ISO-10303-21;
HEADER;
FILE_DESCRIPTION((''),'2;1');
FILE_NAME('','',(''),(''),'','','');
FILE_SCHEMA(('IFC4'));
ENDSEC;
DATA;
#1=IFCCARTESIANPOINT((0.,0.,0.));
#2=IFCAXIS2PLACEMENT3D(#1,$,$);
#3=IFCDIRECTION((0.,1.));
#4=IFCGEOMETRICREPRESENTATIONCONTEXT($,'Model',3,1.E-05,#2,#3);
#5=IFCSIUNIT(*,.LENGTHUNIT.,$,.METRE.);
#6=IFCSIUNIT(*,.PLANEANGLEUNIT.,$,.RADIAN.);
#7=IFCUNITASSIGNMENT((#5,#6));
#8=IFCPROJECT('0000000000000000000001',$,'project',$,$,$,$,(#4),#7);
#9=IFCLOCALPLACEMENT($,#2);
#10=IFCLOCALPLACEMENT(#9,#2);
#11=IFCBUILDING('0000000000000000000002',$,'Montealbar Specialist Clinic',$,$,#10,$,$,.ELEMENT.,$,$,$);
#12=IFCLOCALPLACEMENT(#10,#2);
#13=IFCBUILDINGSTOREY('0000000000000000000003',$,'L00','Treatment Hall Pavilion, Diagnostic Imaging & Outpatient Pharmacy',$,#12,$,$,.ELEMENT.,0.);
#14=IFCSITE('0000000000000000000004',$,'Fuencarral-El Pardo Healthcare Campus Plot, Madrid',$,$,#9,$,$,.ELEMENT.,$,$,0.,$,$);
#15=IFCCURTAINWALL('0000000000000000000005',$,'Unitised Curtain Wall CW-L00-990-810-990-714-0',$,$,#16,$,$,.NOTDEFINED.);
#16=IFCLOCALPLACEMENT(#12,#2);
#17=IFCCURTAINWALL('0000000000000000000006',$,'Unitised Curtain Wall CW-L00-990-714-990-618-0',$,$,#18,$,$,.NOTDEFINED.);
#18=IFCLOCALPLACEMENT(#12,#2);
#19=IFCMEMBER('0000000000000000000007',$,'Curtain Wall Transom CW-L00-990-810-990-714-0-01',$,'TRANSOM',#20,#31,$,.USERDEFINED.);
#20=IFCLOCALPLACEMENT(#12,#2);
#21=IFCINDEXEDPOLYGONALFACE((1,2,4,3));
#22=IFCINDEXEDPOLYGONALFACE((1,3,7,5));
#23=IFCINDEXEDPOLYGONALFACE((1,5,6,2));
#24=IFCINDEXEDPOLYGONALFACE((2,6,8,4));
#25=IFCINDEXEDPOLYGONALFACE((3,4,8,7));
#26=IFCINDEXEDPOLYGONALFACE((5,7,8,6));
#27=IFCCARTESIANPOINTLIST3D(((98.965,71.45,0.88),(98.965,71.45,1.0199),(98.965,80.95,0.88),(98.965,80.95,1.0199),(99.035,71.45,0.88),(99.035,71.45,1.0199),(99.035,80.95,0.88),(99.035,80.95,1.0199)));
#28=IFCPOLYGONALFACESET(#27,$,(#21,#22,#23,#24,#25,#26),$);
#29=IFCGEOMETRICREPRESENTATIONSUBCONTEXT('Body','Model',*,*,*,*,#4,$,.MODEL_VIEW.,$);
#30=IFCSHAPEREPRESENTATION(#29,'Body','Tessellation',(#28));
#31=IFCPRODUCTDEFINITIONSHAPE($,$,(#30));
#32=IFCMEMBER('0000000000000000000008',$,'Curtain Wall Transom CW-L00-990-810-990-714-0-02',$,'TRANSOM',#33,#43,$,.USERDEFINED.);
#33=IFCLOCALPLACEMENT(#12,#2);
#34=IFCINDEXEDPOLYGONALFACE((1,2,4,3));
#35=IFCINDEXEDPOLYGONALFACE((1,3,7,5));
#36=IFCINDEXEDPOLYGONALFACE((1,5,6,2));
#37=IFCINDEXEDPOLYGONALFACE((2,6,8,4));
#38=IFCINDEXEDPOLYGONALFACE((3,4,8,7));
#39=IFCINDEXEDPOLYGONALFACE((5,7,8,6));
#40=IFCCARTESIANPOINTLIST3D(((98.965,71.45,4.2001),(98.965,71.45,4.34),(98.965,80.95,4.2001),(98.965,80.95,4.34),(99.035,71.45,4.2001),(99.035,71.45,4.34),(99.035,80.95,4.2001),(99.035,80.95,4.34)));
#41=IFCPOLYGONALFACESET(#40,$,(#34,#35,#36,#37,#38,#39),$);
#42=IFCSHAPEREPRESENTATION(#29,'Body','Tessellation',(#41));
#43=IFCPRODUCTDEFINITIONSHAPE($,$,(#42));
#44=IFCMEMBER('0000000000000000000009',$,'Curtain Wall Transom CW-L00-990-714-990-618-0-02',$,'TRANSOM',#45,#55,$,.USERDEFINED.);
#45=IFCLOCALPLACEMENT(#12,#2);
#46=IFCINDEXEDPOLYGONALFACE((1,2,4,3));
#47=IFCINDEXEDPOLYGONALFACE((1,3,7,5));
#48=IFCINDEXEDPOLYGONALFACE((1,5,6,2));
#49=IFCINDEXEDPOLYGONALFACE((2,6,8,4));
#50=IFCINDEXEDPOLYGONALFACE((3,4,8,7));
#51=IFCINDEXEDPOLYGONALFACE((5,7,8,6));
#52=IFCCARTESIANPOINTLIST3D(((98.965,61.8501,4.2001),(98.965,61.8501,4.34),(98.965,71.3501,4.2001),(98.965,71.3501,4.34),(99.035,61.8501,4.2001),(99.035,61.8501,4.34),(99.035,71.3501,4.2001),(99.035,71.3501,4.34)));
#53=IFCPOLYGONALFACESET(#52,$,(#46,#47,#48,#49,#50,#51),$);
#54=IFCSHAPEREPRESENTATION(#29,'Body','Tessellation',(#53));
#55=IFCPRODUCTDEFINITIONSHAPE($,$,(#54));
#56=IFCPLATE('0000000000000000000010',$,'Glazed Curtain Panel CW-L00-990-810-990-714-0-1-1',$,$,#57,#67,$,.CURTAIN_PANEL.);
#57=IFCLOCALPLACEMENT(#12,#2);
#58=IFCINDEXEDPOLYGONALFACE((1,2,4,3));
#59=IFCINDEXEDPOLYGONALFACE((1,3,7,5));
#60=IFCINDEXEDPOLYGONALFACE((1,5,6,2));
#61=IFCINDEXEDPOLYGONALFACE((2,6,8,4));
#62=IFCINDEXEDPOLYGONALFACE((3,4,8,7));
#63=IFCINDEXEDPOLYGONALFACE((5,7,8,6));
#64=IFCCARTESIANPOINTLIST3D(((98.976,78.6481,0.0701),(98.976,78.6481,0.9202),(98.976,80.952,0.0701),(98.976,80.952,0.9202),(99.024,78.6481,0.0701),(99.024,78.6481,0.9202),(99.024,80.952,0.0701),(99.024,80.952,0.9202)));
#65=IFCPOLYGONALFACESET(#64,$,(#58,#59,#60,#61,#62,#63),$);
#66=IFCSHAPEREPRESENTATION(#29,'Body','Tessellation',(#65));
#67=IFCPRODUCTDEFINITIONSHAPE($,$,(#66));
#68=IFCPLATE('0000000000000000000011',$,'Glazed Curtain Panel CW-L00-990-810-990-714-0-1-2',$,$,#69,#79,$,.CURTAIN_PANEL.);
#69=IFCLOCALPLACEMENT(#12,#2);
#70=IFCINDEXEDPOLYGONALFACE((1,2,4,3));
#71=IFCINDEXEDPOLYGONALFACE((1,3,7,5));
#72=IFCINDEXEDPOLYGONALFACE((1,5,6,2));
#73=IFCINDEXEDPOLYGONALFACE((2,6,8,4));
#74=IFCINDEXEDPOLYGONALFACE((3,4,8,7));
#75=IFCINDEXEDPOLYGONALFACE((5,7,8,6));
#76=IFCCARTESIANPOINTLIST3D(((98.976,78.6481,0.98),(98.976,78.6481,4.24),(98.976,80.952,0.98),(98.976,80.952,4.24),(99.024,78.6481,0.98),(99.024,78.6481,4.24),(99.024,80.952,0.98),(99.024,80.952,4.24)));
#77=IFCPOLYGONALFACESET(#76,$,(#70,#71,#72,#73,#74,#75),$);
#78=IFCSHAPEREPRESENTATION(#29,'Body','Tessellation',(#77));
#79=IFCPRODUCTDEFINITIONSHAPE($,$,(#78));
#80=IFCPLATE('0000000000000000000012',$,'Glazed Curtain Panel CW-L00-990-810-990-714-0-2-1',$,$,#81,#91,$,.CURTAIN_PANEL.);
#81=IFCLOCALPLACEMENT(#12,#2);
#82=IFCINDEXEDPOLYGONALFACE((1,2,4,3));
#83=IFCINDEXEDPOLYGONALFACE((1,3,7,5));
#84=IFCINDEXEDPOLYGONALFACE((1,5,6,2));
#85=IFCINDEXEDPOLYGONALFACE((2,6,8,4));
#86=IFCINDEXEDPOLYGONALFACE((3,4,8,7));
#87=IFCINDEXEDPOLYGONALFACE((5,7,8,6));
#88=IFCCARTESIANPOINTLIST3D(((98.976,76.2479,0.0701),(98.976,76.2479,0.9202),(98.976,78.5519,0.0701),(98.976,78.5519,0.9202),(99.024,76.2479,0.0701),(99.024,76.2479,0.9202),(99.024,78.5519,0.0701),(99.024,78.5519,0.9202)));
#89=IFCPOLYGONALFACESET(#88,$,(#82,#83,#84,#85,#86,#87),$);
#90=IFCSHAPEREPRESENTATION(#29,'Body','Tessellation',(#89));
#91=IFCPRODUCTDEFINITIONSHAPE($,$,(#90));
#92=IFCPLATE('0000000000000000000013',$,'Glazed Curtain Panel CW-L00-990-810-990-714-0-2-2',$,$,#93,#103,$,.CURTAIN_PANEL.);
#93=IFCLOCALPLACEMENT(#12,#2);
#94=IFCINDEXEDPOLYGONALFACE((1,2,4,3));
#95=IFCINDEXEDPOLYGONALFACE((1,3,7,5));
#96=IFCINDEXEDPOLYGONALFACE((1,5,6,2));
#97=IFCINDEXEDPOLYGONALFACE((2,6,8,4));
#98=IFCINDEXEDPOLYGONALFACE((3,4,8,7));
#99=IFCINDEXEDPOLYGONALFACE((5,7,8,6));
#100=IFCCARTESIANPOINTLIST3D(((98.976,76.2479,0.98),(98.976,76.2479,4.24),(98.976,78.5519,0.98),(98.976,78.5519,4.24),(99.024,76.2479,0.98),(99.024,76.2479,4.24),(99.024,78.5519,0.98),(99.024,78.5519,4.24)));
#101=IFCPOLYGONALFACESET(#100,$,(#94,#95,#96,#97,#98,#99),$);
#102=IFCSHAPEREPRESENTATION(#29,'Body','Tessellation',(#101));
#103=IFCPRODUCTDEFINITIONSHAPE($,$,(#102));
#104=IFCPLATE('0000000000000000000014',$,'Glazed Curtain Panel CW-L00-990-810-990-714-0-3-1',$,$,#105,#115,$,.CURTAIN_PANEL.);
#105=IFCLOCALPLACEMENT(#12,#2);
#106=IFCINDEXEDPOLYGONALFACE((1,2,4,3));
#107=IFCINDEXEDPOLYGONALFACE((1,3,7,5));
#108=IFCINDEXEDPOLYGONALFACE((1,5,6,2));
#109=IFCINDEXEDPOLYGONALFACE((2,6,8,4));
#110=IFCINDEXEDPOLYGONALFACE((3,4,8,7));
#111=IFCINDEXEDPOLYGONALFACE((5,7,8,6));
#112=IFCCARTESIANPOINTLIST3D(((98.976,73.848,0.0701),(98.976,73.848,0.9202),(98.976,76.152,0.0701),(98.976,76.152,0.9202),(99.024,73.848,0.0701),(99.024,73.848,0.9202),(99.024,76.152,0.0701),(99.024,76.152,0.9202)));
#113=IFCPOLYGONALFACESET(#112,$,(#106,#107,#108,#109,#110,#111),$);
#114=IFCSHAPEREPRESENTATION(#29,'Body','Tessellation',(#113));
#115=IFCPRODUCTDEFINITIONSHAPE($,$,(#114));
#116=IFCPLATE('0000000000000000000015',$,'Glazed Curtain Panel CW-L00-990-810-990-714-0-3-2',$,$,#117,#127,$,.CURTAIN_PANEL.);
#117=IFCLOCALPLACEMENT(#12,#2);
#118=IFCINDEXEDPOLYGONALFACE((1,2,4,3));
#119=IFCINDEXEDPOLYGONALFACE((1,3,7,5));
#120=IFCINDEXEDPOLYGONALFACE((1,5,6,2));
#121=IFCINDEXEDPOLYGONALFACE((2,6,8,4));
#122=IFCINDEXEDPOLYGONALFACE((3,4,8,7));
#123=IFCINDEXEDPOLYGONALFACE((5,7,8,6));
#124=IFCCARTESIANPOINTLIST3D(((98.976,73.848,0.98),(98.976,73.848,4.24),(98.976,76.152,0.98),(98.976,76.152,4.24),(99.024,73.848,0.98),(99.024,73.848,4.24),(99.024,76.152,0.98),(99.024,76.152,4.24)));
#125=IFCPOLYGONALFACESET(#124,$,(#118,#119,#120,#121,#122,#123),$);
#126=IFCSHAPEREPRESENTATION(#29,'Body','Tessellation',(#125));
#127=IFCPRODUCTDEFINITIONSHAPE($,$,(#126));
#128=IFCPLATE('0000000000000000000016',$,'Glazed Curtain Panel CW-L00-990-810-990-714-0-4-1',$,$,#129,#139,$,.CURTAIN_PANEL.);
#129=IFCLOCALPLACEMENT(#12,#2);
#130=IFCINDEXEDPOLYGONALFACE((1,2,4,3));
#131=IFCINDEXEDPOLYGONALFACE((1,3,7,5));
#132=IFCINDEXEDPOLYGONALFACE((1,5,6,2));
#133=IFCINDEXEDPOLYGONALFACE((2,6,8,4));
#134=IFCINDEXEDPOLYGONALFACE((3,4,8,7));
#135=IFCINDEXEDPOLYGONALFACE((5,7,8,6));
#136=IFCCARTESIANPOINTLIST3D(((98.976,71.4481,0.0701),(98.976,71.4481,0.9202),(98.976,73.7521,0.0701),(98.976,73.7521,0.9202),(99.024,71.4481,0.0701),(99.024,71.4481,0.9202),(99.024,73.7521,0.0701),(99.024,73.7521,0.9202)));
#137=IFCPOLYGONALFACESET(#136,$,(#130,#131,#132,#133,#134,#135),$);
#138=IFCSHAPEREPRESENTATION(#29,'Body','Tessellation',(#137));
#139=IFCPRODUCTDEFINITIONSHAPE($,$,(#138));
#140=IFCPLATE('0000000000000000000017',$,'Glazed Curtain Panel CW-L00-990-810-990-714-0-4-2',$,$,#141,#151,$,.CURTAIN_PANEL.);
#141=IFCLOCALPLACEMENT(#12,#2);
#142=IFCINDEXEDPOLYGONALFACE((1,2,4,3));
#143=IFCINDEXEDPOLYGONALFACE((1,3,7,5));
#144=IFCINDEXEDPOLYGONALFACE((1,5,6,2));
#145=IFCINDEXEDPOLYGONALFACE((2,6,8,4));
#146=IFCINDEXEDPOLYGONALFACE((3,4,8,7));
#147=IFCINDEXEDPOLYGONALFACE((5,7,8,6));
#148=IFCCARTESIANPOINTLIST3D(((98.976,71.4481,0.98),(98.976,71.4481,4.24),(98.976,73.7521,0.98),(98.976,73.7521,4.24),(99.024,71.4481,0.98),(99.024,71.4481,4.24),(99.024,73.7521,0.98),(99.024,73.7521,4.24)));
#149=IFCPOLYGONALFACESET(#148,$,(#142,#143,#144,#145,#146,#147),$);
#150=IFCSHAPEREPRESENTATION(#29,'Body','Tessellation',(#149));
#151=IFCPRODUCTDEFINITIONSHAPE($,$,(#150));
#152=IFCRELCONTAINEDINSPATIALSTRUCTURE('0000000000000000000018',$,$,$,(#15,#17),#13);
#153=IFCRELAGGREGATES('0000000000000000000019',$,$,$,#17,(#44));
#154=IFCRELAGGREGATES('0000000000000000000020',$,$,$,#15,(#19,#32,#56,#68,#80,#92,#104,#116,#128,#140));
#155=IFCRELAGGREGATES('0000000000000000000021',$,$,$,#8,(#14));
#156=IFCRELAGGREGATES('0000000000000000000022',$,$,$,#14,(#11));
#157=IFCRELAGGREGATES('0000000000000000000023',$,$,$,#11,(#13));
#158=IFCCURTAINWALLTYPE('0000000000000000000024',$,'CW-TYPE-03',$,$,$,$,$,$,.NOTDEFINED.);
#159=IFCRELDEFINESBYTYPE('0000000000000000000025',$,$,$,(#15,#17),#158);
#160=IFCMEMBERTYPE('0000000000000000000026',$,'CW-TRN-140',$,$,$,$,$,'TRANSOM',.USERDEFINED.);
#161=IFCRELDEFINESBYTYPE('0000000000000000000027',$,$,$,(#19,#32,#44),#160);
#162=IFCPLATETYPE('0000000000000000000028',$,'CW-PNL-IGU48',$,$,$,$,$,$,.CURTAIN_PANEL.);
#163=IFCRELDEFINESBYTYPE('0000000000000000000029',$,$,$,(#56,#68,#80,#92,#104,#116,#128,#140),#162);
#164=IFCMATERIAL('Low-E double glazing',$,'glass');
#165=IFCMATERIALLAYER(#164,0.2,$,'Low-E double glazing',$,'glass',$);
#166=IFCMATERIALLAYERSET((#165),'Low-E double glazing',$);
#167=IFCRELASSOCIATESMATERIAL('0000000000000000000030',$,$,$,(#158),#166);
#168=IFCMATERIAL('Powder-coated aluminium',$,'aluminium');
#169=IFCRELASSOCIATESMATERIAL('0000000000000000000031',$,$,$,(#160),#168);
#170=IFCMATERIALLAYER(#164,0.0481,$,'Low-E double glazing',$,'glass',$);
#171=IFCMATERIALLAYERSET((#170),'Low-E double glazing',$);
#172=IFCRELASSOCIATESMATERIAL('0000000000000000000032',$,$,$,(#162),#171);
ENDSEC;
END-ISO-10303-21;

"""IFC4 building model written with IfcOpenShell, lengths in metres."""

from ifc_helpers import new_model, si_unit, direction, frame, origin, origin_2d, place, context, subcontext, project, spatial, rectangle, extrude, material, layer, layer_set, material_profile, profile_set, type_object, element, aggregate, save


model = new_model("IFC4")

# Units and contexts
model_context = context("Model", 3, precision=1e-05, world=origin(), true_north=direction((0.0, 1.0)))
body_context = subcontext(model_context, "Body", "Model", "MODEL_VIEW")
ifc_project = project(units=[si_unit("LENGTHUNIT", "METRE"), si_unit("PLANEANGLEUNIT", "RADIAN")], contexts=[model_context])

# Site, building, storey
site_placement = place(None, origin())
site = spatial("IfcSite", under=ifc_project, at=site_placement, Name="Fuencarral-El Pardo Healthcare Campus Plot, Madrid", CompositionType="ELEMENT", RefElevation=0.0)
building_placement = place(site_placement, origin())
building = spatial("IfcBuilding", under=site, at=building_placement, Name="Montealbar Specialist Clinic", CompositionType="ELEMENT")
storey_placement = place(building_placement, origin())
storey = spatial("IfcBuildingStorey", under=building, at=storey_placement, Name="L00", Description="Treatment Hall Pavilion, Diagnostic Imaging & Outpatient Pharmacy", CompositionType="ELEMENT", Elevation=0.0)

# Curtain wall
ifc_material_1 = material(Name="Low-E double glazing", Category="glass")
ifc_layer_1 = layer(ifc_material_1, 0.2, Name="Low-E double glazing", Category="glass")
ifc_layer_set_1 = layer_set([ifc_layer_1], Name="Low-E double glazing")
curtain_wall_type = type_object("IfcCurtainWallType", Name="CW-TYPE-03", PredefinedType="NOTDEFINED", material=ifc_layer_set_1)
curtain_wall_1_placement = place(storey_placement, origin())
curtain_wall_1 = element("IfcCurtainWall", 1, at=curtain_wall_1_placement, inside=storey, type_object=curtain_wall_type, Name="Unitised Curtain Wall CW-L00-990-810-990-714-0", PredefinedType="NOTDEFINED")

# Curtain wall
curtain_wall_2_placement = place(storey_placement, origin())
curtain_wall_2 = element("IfcCurtainWall", 2, at=curtain_wall_2_placement, inside=storey, type_object=curtain_wall_type, Name="Unitised Curtain Wall CW-L00-990-714-990-618-0", PredefinedType="NOTDEFINED")

# Members
ifc_material_2 = material(Name="Powder-coated aluminium", Category="aluminium")
ifc_material_profile_1 = material_profile(ifc_material_2, rectangle(XDim=0.0701, YDim=0.1399, at=origin_2d()), Name="ALU 70x140", Category="aluminium")
ifc_profile_set_1 = profile_set([ifc_material_profile_1], Name="Powder-coated aluminium")
member_type_1 = type_object("IfcMemberType", Name="CW-TRN-140", ElementType="TRANSOM", PredefinedType="USERDEFINED", material=ifc_profile_set_1)
member_1_placement = place(storey_placement, frame((99.0, 80.95, 0.95), z_axis=(0.0, -1.0, 0.0), x_axis=(1.0, 0.0, 0.0)))
member_1 = element("IfcMember", 3, at=member_1_placement, type_object=member_type_1, Name="Curtain Wall Transom CW-L00-990-810-990-714-0-01", ObjectType="TRANSOM", PredefinedType="USERDEFINED", context=body_context, shape_type="SweptSolid", body=[
    extrude(rectangle(XDim=0.0701, YDim=0.1399, at=origin_2d()), origin(), (0.0, 0.0, 1.0), 9.5),
])
member_2_placement = place(storey_placement, frame((99.0, 80.95, 4.27), z_axis=(0.0, -1.0, 0.0), x_axis=(1.0, 0.0, 0.0)))
member_2 = element("IfcMember", 4, at=member_2_placement, type_object=member_type_1, Name="Curtain Wall Transom CW-L00-990-810-990-714-0-02", ObjectType="TRANSOM", PredefinedType="USERDEFINED", context=body_context, shape_type="SweptSolid", body=[
    extrude(rectangle(XDim=0.0701, YDim=0.1399, at=origin_2d()), origin(), (0.0, 0.0, 1.0), 9.5),
])
member_3_placement = place(storey_placement, frame((99.0, 71.3501, 4.27), z_axis=(0.0, -1.0, 0.0), x_axis=(1.0, 0.0, 0.0)))
member_3 = element("IfcMember", 5, at=member_3_placement, type_object=member_type_1, Name="Curtain Wall Transom CW-L00-990-714-990-618-0-02", ObjectType="TRANSOM", PredefinedType="USERDEFINED", context=body_context, shape_type="SweptSolid", body=[
    extrude(rectangle(XDim=0.0701, YDim=0.1399, at=origin_2d()), origin(), (0.0, 0.0, 1.0), 9.5),
])
aggregate(curtain_wall_2, [member_3])

# Plates
ifc_layer_2 = layer(ifc_material_1, 0.0481, Name="Low-E double glazing", Category="glass")
ifc_layer_set_2 = layer_set([ifc_layer_2], Name="Low-E double glazing")
plate_type = type_object("IfcPlateType", Name="CW-PNL-IGU48", PredefinedType="CURTAIN_PANEL", material=ifc_layer_set_2)
plate_1_placement = place(storey_placement, frame((99.0, 79.8, 0.0701), z_axis=(0.0, 0.0, 1.0), x_axis=(0.0, -1.0, 0.0)))
plate_1 = element("IfcPlate", 6, at=plate_1_placement, type_object=plate_type, Name="Glazed Curtain Panel CW-L00-990-810-990-714-0-1-1", PredefinedType="CURTAIN_PANEL", context=body_context, shape_type="SweptSolid", body=[
    extrude(rectangle(XDim=2.304, YDim=0.0481, at=origin_2d()), origin(), (0.0, 0.0, 1.0), 0.8501),
])
plate_2_placement = place(storey_placement, frame((99.0, 79.8, 0.98), z_axis=(0.0, 0.0, 1.0), x_axis=(0.0, -1.0, 0.0)))
plate_2 = element("IfcPlate", 7, at=plate_2_placement, type_object=plate_type, Name="Glazed Curtain Panel CW-L00-990-810-990-714-0-1-2", PredefinedType="CURTAIN_PANEL", context=body_context, shape_type="SweptSolid", body=[
    extrude(rectangle(XDim=2.304, YDim=0.0481, at=origin_2d()), origin(), (0.0, 0.0, 1.0), 3.26),
])
plate_3_placement = place(storey_placement, frame((99.0, 77.3999, 0.0701), z_axis=(0.0, 0.0, 1.0), x_axis=(0.0, -1.0, 0.0)))
plate_3 = element("IfcPlate", 8, at=plate_3_placement, type_object=plate_type, Name="Glazed Curtain Panel CW-L00-990-810-990-714-0-2-1", PredefinedType="CURTAIN_PANEL", context=body_context, shape_type="SweptSolid", body=[
    extrude(rectangle(XDim=2.304, YDim=0.0481, at=origin_2d()), origin(), (0.0, 0.0, 1.0), 0.8501),
])
plate_4_placement = place(storey_placement, frame((99.0, 77.3999, 0.98), z_axis=(0.0, 0.0, 1.0), x_axis=(0.0, -1.0, 0.0)))
plate_4 = element("IfcPlate", 9, at=plate_4_placement, type_object=plate_type, Name="Glazed Curtain Panel CW-L00-990-810-990-714-0-2-2", PredefinedType="CURTAIN_PANEL", context=body_context, shape_type="SweptSolid", body=[
    extrude(rectangle(XDim=2.304, YDim=0.0481, at=origin_2d()), origin(), (0.0, 0.0, 1.0), 3.26),
])
plate_5_placement = place(storey_placement, frame((99.0, 75.0, 0.0701), z_axis=(0.0, 0.0, 1.0), x_axis=(0.0, -1.0, 0.0)))
plate_5 = element("IfcPlate", 10, at=plate_5_placement, type_object=plate_type, Name="Glazed Curtain Panel CW-L00-990-810-990-714-0-3-1", PredefinedType="CURTAIN_PANEL", context=body_context, shape_type="SweptSolid", body=[
    extrude(rectangle(XDim=2.304, YDim=0.0481, at=origin_2d()), origin(), (0.0, 0.0, 1.0), 0.8501),
])
plate_6_placement = place(storey_placement, frame((99.0, 75.0, 0.98), z_axis=(0.0, 0.0, 1.0), x_axis=(0.0, -1.0, 0.0)))
plate_6 = element("IfcPlate", 11, at=plate_6_placement, type_object=plate_type, Name="Glazed Curtain Panel CW-L00-990-810-990-714-0-3-2", PredefinedType="CURTAIN_PANEL", context=body_context, shape_type="SweptSolid", body=[
    extrude(rectangle(XDim=2.304, YDim=0.0481, at=origin_2d()), origin(), (0.0, 0.0, 1.0), 3.26),
])
plate_7_placement = place(storey_placement, frame((99.0, 72.6001, 0.0701), z_axis=(0.0, 0.0, 1.0), x_axis=(0.0, -1.0, 0.0)))
plate_7 = element("IfcPlate", 12, at=plate_7_placement, type_object=plate_type, Name="Glazed Curtain Panel CW-L00-990-810-990-714-0-4-1", PredefinedType="CURTAIN_PANEL", context=body_context, shape_type="SweptSolid", body=[
    extrude(rectangle(XDim=2.304, YDim=0.0481, at=origin_2d()), origin(), (0.0, 0.0, 1.0), 0.8501),
])
plate_8_placement = place(storey_placement, frame((99.0, 72.6001, 0.98), z_axis=(0.0, 0.0, 1.0), x_axis=(0.0, -1.0, 0.0)))
plate_8 = element("IfcPlate", 13, at=plate_8_placement, type_object=plate_type, Name="Glazed Curtain Panel CW-L00-990-810-990-714-0-4-2", PredefinedType="CURTAIN_PANEL", context=body_context, shape_type="SweptSolid", body=[
    extrude(rectangle(XDim=2.304, YDim=0.0481, at=origin_2d()), origin(), (0.0, 0.0, 1.0), 3.26),
])
aggregate(curtain_wall_1, [member_1, member_2, plate_1, plate_2, plate_3, plate_4, plate_5, plate_6, plate_7, plate_8])

save(model, "model.ifc")
